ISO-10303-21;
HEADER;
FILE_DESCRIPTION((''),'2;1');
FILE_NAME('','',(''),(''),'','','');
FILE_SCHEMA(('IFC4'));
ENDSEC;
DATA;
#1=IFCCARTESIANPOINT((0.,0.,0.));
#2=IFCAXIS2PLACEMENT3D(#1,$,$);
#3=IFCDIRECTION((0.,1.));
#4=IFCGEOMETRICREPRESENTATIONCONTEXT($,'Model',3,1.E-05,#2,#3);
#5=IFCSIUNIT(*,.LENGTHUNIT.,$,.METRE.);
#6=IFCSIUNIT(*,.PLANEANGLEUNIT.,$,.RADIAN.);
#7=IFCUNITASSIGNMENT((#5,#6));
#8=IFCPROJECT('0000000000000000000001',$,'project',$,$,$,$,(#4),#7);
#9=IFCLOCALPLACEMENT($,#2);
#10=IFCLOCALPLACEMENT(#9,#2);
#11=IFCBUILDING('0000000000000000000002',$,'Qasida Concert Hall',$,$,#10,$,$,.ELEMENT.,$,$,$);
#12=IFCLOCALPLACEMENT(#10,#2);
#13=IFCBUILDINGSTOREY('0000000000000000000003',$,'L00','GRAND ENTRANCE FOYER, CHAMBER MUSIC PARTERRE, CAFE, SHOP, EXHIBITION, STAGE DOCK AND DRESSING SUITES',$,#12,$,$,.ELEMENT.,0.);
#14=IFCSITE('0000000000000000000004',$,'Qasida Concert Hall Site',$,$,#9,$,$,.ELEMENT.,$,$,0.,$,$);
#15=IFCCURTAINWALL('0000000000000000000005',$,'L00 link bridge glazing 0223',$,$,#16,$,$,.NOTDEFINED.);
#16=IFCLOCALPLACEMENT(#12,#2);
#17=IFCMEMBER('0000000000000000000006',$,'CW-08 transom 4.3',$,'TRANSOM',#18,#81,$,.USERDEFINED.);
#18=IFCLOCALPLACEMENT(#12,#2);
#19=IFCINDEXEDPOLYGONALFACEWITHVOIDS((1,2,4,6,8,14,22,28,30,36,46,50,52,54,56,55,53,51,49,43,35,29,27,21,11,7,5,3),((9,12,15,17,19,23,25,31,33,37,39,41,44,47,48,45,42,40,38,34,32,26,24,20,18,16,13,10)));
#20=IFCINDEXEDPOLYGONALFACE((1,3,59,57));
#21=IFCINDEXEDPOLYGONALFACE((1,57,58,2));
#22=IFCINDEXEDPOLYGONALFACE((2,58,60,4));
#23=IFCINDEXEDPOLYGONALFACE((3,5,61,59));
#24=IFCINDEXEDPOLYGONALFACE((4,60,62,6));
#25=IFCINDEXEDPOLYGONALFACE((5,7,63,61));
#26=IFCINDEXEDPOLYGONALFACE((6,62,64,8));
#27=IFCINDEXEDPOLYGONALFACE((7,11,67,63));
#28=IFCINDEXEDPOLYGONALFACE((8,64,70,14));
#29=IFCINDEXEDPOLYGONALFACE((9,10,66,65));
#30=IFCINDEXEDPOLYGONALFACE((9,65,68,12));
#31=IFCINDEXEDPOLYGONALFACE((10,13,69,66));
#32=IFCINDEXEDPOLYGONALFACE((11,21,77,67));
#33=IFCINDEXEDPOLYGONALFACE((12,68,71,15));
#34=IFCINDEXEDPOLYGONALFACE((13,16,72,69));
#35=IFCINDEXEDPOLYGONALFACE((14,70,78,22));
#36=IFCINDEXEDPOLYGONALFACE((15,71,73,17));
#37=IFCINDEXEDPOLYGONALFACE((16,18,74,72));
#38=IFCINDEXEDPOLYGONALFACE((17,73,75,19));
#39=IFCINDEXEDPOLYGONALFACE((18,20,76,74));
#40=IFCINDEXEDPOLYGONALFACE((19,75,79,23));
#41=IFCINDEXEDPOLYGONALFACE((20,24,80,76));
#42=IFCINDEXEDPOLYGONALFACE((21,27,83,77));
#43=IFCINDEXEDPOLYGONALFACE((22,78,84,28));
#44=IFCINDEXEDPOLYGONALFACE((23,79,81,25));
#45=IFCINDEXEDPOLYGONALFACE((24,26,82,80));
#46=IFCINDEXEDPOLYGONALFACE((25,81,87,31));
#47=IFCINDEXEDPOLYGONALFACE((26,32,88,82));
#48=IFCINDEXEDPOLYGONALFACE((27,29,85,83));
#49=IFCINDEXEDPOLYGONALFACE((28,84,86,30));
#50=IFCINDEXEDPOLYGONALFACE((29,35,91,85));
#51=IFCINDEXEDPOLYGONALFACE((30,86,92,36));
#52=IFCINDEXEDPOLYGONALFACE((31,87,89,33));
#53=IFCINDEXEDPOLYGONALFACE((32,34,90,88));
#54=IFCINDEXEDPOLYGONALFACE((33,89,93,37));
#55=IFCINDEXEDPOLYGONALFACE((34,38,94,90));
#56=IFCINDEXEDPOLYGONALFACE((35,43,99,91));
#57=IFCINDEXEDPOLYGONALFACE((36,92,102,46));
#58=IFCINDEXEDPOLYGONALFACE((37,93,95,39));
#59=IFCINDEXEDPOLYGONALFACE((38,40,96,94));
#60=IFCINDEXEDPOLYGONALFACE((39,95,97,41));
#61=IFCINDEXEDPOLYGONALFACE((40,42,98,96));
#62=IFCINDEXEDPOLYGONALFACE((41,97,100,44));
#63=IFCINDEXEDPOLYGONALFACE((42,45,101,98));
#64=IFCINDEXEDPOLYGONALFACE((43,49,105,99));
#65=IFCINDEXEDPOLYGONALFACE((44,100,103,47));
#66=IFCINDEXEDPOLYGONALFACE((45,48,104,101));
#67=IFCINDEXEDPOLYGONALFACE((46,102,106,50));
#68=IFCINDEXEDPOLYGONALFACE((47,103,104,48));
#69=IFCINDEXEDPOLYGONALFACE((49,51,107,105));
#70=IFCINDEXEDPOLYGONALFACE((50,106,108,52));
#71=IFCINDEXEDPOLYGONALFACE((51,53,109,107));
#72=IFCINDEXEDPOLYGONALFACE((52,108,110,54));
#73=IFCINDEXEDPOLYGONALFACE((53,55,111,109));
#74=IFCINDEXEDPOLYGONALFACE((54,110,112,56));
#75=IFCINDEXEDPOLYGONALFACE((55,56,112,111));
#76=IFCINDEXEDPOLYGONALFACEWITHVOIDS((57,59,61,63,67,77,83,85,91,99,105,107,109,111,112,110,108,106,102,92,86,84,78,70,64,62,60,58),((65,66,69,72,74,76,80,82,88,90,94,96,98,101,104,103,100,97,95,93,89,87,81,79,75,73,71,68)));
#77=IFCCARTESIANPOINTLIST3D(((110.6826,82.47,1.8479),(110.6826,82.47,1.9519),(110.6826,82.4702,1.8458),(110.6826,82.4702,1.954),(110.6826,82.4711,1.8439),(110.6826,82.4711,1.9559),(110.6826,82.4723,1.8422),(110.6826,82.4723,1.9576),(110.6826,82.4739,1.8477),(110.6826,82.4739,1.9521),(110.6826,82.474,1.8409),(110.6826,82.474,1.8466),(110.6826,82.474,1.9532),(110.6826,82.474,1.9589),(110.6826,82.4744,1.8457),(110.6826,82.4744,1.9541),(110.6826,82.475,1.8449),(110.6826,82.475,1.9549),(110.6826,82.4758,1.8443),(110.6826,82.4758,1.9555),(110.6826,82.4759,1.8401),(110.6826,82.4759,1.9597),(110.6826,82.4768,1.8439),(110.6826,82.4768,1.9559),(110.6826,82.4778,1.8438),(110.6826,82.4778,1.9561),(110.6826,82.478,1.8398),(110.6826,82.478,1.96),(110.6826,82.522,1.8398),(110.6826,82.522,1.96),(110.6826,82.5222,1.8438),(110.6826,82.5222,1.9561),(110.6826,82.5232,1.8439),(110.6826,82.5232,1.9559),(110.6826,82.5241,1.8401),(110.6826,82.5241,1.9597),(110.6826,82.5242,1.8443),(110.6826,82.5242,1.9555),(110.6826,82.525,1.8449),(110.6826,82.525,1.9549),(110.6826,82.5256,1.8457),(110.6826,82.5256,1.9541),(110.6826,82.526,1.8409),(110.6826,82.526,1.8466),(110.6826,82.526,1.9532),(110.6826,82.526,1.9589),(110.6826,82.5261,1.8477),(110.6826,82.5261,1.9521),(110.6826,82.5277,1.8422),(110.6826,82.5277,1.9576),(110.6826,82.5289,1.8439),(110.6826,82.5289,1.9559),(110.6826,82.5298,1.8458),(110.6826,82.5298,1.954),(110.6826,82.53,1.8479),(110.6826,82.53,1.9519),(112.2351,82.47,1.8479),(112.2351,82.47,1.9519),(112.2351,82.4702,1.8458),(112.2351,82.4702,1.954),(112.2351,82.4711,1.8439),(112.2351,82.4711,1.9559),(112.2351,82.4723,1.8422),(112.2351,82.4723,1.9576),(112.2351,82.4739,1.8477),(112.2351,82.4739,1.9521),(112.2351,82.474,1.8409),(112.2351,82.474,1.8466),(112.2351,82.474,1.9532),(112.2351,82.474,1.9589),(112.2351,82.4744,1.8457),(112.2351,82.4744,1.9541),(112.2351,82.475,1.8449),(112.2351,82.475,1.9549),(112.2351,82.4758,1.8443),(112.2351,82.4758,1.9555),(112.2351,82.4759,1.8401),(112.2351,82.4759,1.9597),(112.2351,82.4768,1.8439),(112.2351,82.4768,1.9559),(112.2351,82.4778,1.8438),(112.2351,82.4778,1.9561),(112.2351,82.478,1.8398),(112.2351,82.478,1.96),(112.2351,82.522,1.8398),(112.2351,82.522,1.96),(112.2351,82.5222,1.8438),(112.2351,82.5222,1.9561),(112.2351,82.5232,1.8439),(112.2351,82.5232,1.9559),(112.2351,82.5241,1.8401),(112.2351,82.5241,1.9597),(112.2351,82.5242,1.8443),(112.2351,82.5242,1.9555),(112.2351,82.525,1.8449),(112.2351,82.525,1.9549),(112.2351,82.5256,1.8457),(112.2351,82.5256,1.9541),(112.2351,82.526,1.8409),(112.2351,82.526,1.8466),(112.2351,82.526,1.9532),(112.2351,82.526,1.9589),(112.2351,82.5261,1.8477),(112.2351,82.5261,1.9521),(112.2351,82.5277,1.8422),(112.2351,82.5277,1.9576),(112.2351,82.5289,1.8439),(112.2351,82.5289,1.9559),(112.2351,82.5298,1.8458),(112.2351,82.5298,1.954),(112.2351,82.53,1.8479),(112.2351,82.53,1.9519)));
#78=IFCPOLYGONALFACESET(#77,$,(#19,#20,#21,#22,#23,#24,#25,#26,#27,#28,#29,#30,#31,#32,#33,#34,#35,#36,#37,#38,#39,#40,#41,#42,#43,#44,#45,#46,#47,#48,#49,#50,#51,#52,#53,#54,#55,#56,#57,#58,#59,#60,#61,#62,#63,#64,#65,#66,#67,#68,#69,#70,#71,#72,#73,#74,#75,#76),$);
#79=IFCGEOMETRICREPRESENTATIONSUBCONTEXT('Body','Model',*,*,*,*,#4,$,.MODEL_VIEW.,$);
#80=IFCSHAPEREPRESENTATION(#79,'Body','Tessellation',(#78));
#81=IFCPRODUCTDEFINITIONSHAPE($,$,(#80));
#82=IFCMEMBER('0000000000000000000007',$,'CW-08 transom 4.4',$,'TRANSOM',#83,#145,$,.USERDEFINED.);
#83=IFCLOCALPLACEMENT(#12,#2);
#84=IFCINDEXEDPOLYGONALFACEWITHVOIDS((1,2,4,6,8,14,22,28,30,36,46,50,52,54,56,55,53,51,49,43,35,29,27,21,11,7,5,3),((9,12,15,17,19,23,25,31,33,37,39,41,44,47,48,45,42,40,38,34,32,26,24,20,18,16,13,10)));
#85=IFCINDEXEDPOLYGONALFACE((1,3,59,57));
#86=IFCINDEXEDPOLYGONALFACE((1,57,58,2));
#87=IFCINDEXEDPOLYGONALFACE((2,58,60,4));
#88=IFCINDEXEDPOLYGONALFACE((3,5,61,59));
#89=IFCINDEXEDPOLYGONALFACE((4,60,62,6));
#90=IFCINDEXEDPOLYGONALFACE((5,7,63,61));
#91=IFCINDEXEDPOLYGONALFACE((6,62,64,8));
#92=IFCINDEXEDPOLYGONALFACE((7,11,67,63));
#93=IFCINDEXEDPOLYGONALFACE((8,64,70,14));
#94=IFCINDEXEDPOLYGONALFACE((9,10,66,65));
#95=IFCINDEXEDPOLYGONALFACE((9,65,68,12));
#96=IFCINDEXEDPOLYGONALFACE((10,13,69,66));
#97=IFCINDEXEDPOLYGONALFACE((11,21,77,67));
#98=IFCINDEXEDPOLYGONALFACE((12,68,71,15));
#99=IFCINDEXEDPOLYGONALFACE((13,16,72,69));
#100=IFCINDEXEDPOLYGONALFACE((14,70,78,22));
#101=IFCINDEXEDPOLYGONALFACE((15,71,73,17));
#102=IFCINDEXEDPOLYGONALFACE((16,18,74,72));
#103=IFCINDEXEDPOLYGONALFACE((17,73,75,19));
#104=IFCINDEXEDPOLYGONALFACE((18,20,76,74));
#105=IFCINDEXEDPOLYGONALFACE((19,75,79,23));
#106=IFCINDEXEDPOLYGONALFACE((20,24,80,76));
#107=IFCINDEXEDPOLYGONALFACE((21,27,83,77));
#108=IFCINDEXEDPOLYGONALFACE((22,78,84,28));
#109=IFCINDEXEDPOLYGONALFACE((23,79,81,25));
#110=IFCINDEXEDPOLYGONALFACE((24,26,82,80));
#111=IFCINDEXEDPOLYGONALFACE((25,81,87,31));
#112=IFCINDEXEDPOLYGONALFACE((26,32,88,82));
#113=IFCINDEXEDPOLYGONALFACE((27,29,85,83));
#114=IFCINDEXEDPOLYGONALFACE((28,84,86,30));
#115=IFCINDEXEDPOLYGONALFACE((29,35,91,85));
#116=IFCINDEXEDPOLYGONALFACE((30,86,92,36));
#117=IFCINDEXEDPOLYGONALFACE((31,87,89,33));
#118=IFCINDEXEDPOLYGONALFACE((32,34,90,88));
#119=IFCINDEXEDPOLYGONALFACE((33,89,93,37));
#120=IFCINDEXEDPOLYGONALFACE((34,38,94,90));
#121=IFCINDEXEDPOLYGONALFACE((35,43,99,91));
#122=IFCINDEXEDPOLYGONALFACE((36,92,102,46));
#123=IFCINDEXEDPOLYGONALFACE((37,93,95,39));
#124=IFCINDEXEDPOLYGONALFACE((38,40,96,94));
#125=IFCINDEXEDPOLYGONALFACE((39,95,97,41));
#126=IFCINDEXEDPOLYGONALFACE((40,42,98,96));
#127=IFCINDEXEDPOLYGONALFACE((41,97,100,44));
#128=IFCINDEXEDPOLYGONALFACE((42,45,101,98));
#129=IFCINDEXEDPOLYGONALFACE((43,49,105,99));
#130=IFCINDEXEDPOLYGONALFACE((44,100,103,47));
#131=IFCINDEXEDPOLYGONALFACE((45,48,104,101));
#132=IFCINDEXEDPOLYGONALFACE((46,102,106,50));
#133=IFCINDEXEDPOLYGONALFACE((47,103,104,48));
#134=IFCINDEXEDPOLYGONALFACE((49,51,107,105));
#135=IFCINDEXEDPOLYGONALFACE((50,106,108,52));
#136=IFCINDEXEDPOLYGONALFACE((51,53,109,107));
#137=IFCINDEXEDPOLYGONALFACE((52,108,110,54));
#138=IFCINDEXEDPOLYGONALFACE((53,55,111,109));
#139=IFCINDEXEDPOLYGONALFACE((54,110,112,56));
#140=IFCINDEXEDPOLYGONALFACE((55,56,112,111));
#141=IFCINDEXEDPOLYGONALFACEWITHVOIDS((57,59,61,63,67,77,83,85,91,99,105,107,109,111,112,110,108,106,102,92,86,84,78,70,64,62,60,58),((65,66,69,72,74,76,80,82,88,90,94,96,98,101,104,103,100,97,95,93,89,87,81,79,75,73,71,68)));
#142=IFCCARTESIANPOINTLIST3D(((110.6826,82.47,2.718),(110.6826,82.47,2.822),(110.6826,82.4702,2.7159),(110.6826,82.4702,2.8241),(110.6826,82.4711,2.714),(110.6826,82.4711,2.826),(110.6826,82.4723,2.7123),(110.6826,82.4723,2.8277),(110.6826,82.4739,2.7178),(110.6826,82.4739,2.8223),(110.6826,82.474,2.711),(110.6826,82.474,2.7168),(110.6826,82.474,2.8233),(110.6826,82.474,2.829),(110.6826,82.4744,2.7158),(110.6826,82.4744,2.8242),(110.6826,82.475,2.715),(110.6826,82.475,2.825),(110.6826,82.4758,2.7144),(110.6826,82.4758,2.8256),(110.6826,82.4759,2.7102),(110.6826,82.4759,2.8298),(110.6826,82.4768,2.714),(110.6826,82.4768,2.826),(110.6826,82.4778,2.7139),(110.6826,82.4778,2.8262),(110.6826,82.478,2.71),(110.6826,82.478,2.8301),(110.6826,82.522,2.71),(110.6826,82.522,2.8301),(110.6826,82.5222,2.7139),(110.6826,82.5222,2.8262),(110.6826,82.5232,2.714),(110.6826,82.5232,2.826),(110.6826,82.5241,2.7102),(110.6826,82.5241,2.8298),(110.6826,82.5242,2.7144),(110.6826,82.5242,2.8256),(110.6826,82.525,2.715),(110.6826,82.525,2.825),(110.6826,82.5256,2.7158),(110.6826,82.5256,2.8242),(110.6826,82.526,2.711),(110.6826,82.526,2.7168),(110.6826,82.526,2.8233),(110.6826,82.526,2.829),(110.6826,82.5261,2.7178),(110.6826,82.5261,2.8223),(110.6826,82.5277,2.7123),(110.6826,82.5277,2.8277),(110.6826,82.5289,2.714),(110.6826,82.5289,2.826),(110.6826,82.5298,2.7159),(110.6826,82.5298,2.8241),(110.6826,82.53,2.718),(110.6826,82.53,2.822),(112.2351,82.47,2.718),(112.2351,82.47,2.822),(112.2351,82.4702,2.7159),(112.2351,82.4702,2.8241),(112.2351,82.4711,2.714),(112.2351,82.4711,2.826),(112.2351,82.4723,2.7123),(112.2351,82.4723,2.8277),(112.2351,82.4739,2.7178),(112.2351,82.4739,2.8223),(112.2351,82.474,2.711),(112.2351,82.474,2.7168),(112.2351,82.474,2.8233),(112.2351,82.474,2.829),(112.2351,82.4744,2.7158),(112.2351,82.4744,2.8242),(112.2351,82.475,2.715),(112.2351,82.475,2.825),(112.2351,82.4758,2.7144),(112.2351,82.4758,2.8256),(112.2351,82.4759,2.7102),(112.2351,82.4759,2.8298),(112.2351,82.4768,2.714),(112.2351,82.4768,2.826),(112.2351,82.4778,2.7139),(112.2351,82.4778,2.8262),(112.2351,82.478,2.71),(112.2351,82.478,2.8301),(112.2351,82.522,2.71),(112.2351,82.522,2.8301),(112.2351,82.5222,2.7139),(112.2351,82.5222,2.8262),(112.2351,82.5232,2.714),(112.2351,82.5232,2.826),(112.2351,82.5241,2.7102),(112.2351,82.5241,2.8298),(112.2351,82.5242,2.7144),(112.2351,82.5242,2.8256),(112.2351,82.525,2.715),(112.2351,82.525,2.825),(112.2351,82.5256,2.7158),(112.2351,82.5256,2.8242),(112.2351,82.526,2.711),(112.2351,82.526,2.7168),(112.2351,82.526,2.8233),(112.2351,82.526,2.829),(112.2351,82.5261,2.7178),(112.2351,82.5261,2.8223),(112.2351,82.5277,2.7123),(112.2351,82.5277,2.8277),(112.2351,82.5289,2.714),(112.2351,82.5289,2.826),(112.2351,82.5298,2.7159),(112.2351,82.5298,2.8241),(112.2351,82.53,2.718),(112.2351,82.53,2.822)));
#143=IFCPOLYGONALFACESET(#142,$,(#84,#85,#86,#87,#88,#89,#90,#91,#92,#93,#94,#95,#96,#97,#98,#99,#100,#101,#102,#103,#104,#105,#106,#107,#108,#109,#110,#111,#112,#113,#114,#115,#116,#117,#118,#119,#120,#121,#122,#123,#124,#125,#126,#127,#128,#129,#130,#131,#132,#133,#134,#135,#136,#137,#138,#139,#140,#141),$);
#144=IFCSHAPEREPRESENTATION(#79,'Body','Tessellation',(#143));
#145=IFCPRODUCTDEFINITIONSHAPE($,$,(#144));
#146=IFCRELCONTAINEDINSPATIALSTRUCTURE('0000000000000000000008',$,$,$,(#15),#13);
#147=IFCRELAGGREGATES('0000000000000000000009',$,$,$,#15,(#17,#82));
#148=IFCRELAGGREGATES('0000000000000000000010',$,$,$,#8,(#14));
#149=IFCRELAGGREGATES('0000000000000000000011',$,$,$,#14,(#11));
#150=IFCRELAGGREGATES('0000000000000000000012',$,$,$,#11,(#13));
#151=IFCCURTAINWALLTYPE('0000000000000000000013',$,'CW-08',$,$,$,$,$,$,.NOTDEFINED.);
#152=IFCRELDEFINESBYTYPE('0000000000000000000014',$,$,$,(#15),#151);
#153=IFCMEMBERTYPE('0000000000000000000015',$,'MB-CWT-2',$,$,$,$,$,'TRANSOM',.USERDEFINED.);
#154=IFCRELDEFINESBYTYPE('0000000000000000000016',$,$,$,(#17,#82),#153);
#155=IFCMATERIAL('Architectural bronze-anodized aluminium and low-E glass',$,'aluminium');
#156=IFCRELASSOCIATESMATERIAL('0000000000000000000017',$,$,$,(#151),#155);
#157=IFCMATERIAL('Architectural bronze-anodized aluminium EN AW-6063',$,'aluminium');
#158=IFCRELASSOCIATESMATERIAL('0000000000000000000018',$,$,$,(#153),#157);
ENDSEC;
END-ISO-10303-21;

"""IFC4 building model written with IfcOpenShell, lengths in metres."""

from ifc_helpers import new_model, si_unit, direction, frame, origin, origin_2d, place, context, subcontext, project, spatial, hollow_rectangle, extrude, material, material_profile, profile_set, type_object, element, aggregate, save


model = new_model("IFC4")

# Units and contexts
model_context = context("Model", 3, precision=1e-05, world=origin(), true_north=direction((0.0, 1.0)))
body_context = subcontext(model_context, "Body", "Model", "MODEL_VIEW")
ifc_project = project(units=[si_unit("LENGTHUNIT", "METRE"), si_unit("PLANEANGLEUNIT", "RADIAN")], contexts=[model_context])

# Site, building, storey
site_placement = place(None, origin())
site = spatial("IfcSite", under=ifc_project, at=site_placement, Name="Qasida Concert Hall Site", CompositionType="ELEMENT", RefElevation=0.0)
building_placement = place(site_placement, origin())
building = spatial("IfcBuilding", under=site, at=building_placement, Name="Qasida Concert Hall", CompositionType="ELEMENT")
storey_placement = place(building_placement, origin())
storey = spatial("IfcBuildingStorey", under=building, at=storey_placement, Name="L00", Description="GRAND ENTRANCE FOYER, CHAMBER MUSIC PARTERRE, CAFE, SHOP, EXHIBITION, STAGE DOCK AND DRESSING SUITES", CompositionType="ELEMENT", Elevation=0.0)

# Curtain wall
ifc_material_1 = material(Name="Architectural bronze-anodized aluminium and low-E glass", Category="aluminium")
curtain_wall_type = type_object("IfcCurtainWallType", Name="CW-08", PredefinedType="NOTDEFINED", material=ifc_material_1)
curtain_wall_1_placement = place(storey_placement, origin())
curtain_wall_1 = element("IfcCurtainWall", 1, at=curtain_wall_1_placement, inside=storey, type_object=curtain_wall_type, Name="L00 link bridge glazing 0223", PredefinedType="NOTDEFINED")
ifc_material_2 = material(Name="Architectural bronze-anodized aluminium EN AW-6063", Category="aluminium")

# Members
ifc_material_profile_1 = material_profile(ifc_material_2, hollow_rectangle(XDim=0.0601, YDim=0.1201, WallThickness=0.0039, InnerFilletRadius=0.0039, OuterFilletRadius=0.0081, at=origin_2d()), Name="CWT 120x60x4")
ifc_profile_set_1 = profile_set([ifc_material_profile_1], Name="Architectural bronze-anodized aluminium EN AW-6063")
member_type_1 = type_object("IfcMemberType", Name="MB-CWT-2", ElementType="TRANSOM", PredefinedType="USERDEFINED", material=ifc_profile_set_1)
member_1_placement = place(storey_placement, frame((110.6826, 82.5, 1.8999), z_axis=(1.0, 0.0, 0.0), x_axis=(0.0, 1.0, 0.0)))
member_1 = element("IfcMember", 2, at=member_1_placement, type_object=member_type_1, Name="CW-08 transom 4.3", ObjectType="TRANSOM", PredefinedType="USERDEFINED", context=body_context, shape_type="SweptSolid", body=[
    extrude(hollow_rectangle(XDim=0.0601, YDim=0.1201, WallThickness=0.0039, InnerFilletRadius=0.0039, OuterFilletRadius=0.0081, at=origin_2d()), origin(), (0.0, 0.0, 1.0), 1.5525),
])
member_2_placement = place(storey_placement, frame((110.6826, 82.5, 2.77), z_axis=(1.0, 0.0, 0.0), x_axis=(0.0, 1.0, 0.0)))
member_2 = element("IfcMember", 3, at=member_2_placement, type_object=member_type_1, Name="CW-08 transom 4.4", ObjectType="TRANSOM", PredefinedType="USERDEFINED", context=body_context, shape_type="SweptSolid", body=[
    extrude(hollow_rectangle(XDim=0.0601, YDim=0.1201, WallThickness=0.0039, InnerFilletRadius=0.0039, OuterFilletRadius=0.0081, at=origin_2d()), origin(), (0.0, 0.0, 1.0), 1.5525),
])

aggregate(curtain_wall_1, [member_1, member_2])

save(model, "model.ifc")
